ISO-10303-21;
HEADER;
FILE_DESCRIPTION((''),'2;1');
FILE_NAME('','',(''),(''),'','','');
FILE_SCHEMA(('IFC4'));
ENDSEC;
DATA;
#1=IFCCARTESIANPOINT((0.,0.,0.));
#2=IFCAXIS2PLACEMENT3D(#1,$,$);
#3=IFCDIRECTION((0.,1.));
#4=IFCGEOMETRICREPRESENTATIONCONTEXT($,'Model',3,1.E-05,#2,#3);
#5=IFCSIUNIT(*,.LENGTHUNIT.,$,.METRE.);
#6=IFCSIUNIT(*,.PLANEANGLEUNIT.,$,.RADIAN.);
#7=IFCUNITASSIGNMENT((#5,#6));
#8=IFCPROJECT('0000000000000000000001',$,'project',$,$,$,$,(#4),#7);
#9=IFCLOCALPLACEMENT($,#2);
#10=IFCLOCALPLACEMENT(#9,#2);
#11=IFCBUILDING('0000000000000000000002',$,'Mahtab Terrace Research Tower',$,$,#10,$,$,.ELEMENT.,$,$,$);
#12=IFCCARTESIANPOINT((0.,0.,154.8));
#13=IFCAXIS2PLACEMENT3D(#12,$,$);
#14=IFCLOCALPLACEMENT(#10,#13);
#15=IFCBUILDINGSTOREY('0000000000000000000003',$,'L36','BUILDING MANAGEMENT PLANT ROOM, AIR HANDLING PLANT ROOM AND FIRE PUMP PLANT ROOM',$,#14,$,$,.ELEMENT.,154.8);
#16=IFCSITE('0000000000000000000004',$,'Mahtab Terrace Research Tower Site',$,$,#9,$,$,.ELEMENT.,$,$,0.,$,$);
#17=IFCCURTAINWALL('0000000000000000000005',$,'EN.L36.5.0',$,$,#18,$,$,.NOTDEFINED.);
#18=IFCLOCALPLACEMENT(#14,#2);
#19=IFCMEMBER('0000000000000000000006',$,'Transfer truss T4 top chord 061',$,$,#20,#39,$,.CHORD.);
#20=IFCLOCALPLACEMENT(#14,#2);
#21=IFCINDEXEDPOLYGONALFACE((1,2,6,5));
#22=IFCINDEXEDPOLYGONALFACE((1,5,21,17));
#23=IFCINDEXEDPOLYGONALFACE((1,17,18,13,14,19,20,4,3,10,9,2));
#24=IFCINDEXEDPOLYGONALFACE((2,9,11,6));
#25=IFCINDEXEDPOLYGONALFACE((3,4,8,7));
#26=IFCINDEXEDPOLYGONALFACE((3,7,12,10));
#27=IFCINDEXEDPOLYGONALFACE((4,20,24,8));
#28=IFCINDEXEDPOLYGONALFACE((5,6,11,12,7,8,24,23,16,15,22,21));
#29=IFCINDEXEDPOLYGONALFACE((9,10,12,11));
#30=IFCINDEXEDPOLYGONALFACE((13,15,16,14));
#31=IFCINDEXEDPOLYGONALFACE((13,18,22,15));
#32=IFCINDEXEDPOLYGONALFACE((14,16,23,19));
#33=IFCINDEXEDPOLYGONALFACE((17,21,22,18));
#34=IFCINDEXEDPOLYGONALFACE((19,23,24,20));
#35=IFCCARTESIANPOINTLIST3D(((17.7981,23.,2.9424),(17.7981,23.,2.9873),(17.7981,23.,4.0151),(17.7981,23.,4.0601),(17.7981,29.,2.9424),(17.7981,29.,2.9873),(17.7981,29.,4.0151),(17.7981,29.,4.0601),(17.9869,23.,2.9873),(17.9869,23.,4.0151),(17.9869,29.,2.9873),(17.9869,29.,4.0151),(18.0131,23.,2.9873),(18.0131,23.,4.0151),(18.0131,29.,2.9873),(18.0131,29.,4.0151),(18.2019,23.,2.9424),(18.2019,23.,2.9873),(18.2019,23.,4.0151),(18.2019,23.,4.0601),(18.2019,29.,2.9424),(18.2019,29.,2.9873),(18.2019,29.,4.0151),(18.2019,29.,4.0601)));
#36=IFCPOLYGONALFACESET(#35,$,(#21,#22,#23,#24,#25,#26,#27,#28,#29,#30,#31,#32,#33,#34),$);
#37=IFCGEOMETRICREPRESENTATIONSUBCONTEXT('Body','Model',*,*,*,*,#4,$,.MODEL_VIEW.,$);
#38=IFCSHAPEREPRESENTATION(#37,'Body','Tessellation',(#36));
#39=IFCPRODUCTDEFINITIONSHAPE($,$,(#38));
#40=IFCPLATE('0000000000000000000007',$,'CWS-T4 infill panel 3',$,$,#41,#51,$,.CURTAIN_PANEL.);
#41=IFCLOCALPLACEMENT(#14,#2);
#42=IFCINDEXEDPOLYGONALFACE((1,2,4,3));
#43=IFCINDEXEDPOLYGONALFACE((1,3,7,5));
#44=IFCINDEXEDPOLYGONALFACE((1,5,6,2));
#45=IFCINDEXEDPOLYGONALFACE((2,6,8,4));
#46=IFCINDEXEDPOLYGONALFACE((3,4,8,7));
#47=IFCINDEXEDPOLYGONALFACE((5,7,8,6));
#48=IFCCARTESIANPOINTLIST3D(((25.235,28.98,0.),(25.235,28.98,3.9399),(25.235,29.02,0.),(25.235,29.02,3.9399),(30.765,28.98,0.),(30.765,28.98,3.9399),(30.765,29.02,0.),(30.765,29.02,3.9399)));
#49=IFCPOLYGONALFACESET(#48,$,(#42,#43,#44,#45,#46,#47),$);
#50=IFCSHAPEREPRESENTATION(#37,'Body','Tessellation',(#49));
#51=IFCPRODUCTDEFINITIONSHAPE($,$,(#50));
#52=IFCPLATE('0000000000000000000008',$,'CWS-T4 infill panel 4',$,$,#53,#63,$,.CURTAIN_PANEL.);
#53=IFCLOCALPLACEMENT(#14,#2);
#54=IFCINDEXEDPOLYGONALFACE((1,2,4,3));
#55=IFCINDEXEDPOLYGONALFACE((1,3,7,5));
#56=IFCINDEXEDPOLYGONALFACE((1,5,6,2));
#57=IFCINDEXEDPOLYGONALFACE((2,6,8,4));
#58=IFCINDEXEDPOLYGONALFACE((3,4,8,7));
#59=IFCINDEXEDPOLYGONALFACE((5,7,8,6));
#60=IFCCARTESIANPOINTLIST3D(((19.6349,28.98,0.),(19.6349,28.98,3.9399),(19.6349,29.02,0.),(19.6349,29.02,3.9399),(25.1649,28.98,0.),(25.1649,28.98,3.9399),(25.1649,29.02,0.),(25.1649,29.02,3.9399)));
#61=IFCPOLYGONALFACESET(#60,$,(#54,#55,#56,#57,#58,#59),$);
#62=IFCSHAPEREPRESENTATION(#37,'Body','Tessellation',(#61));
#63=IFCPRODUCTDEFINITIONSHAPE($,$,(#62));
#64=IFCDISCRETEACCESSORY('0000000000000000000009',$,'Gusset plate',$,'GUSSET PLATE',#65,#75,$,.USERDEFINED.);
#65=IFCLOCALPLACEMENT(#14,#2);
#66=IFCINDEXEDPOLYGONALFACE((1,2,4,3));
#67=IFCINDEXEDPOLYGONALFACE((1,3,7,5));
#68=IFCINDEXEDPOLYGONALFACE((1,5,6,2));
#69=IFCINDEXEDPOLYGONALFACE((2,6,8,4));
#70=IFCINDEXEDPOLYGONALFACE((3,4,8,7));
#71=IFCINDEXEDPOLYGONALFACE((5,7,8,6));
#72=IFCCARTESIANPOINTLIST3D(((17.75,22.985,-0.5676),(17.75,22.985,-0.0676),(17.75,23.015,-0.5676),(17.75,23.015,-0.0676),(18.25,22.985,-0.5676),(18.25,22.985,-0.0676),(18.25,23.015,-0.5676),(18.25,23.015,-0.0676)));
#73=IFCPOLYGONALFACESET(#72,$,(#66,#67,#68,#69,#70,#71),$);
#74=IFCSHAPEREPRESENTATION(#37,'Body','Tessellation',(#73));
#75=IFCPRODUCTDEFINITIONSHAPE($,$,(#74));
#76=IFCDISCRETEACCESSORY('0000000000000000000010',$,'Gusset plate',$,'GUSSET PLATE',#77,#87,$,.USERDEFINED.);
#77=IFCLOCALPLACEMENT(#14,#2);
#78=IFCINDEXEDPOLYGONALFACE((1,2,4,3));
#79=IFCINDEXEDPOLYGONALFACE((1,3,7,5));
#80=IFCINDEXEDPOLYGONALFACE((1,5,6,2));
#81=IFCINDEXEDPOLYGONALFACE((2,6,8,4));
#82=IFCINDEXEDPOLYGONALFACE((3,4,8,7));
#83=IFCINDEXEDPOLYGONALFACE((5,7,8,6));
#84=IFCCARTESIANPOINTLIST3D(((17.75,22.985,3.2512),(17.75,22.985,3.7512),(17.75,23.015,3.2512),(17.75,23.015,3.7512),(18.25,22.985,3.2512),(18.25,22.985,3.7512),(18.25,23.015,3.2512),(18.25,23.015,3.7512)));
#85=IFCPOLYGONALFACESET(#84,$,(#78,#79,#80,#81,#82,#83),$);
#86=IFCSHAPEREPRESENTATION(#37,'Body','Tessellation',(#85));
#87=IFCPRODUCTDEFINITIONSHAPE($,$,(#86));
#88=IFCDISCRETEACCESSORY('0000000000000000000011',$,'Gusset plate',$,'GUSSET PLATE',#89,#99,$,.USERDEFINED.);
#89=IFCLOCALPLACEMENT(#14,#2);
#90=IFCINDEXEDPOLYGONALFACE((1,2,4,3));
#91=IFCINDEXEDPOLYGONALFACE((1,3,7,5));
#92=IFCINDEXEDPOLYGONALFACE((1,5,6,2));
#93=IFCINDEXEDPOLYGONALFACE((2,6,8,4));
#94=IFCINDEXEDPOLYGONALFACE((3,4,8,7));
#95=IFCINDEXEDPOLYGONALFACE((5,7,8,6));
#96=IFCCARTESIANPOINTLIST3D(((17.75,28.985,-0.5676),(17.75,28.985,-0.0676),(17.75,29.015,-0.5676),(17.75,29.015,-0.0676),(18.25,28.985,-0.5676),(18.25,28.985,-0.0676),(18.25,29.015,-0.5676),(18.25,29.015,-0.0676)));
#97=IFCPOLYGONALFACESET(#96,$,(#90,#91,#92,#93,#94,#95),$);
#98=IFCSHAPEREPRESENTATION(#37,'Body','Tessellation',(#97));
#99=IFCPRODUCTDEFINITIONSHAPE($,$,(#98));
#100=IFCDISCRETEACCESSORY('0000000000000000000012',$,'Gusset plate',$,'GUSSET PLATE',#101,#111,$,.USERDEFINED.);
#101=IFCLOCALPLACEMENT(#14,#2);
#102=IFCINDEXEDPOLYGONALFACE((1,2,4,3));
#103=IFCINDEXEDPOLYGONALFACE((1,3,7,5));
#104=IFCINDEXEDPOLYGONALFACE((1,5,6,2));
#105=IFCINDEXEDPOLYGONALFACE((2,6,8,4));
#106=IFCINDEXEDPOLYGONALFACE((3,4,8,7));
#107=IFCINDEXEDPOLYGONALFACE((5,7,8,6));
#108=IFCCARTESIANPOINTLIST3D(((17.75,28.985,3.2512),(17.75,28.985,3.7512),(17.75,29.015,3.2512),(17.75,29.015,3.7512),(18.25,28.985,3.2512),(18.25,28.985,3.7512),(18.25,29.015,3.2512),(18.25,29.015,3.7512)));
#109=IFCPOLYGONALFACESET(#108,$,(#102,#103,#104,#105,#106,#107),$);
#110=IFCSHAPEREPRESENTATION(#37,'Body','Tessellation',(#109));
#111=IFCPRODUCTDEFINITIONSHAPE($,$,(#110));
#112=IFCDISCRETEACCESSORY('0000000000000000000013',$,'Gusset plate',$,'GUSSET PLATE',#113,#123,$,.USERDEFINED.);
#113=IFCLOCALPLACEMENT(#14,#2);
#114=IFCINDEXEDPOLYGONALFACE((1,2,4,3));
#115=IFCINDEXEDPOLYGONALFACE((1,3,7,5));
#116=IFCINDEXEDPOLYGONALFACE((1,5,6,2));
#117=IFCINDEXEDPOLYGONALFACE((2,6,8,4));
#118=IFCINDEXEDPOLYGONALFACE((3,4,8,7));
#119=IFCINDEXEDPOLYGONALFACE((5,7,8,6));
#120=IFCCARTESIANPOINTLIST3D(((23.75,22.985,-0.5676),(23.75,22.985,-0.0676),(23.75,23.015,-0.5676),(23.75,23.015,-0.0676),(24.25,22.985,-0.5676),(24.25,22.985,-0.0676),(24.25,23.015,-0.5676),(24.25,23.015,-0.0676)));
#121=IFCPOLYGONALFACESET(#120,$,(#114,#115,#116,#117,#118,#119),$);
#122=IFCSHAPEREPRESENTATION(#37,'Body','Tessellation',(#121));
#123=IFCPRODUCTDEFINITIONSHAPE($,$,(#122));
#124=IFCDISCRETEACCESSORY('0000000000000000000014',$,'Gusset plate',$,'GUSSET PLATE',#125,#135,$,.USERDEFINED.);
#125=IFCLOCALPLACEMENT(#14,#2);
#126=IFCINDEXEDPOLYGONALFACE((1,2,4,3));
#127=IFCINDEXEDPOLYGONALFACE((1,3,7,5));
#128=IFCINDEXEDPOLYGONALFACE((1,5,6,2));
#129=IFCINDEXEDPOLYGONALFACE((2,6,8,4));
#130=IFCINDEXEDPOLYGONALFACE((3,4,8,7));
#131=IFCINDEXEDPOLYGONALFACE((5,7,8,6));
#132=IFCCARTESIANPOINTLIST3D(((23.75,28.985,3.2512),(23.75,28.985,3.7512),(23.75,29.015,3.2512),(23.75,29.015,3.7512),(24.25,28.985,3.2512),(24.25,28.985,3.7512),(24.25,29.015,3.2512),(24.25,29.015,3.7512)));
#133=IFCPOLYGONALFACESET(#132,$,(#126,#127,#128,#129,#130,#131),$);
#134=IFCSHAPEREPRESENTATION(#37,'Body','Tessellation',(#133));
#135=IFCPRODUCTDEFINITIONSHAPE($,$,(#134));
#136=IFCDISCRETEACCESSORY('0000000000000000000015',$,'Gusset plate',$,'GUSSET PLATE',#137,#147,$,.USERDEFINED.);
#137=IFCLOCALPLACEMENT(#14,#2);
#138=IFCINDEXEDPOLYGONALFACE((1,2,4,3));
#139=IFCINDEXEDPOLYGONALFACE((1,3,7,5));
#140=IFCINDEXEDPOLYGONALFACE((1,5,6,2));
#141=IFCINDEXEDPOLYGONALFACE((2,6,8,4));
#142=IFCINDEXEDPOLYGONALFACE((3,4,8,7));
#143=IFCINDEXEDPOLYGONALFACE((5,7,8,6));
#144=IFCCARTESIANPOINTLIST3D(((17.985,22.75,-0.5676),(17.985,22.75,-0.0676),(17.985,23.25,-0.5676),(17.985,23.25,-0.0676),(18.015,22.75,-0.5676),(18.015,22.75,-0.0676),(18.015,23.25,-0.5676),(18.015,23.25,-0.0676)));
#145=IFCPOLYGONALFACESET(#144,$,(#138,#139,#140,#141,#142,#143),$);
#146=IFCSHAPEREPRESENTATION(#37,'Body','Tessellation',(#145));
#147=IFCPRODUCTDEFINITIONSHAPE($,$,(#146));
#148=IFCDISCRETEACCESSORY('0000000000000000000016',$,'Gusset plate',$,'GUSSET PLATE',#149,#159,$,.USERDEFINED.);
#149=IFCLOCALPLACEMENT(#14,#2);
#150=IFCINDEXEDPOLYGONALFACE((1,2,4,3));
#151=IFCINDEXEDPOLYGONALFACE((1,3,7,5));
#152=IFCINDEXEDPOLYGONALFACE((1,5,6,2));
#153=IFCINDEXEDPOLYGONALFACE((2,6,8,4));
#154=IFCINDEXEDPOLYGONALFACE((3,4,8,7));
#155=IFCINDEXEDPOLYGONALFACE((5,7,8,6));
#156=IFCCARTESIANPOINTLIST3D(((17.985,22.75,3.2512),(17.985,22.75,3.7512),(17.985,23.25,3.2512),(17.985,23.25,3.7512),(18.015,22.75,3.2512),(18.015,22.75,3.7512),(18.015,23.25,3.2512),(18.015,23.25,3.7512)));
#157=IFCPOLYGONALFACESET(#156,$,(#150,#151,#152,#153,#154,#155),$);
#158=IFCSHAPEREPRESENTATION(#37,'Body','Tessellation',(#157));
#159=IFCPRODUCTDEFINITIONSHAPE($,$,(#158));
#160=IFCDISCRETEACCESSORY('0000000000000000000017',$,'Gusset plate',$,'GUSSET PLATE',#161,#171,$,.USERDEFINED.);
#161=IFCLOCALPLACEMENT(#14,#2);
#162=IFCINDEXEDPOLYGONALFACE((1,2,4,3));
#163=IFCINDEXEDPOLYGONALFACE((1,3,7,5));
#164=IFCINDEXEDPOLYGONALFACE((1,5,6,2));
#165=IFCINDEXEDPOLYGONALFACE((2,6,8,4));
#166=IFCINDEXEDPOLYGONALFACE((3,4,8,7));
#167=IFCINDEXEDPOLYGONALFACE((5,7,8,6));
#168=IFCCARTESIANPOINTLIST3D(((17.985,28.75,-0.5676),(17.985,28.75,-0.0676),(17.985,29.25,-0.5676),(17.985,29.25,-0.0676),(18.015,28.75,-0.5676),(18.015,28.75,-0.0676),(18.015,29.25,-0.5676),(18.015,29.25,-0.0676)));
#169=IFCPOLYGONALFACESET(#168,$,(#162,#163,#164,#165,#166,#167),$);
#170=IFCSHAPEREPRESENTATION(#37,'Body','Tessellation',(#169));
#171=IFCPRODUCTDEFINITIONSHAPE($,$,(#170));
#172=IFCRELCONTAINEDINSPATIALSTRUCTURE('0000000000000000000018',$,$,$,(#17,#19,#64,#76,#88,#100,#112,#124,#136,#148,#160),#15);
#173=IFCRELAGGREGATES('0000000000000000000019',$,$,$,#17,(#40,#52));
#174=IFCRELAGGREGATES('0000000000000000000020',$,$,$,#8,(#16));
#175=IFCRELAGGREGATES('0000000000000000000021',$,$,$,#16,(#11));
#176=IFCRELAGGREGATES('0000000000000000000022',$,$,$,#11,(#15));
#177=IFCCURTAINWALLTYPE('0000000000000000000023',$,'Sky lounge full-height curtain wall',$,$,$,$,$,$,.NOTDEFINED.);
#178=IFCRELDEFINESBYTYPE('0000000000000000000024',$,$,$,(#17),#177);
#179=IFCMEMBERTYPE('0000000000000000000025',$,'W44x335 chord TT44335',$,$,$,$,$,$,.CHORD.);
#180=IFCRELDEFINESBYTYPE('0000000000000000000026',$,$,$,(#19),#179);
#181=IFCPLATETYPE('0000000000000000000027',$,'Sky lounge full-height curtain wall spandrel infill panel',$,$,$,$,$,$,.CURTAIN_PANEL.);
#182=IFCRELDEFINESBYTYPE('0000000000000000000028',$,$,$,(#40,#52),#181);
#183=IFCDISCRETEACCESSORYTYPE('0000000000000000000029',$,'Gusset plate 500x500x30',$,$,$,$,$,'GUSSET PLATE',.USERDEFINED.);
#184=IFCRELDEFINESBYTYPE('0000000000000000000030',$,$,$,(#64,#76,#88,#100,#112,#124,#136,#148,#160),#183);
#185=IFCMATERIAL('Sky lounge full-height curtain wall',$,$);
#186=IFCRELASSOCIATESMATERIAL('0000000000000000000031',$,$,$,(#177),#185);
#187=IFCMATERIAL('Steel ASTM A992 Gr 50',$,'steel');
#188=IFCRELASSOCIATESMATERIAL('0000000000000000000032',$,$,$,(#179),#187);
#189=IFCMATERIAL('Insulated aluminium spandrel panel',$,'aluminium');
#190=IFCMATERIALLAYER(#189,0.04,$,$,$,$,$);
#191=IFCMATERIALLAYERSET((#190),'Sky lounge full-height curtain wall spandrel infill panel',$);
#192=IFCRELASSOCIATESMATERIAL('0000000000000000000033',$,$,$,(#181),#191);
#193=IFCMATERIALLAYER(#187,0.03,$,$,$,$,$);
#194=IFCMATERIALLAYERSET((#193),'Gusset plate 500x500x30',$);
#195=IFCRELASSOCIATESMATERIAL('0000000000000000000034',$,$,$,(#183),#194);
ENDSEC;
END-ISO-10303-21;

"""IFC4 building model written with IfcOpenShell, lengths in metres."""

from ifc_helpers import new_model, si_unit, direction, frame, origin, origin_2d, place, context, subcontext, project, spatial, rectangle, i_section, extrude, material, layer, layer_set, material_profile, profile_set, type_object, element, aggregate, save


model = new_model("IFC4")

# Units and contexts
model_context = context("Model", 3, precision=1e-05, world=origin(), true_north=direction((0.0, 1.0)))
body_context = subcontext(model_context, "Body", "Model", "MODEL_VIEW")
ifc_project = project(units=[si_unit("LENGTHUNIT", "METRE"), si_unit("PLANEANGLEUNIT", "RADIAN")], contexts=[model_context])

# Site, building, storey
site_placement = place(None, origin())
site = spatial("IfcSite", under=ifc_project, at=site_placement, Name="Mahtab Terrace Research Tower Site", CompositionType="ELEMENT", RefElevation=0.0)
building_placement = place(site_placement, origin())
building = spatial("IfcBuilding", under=site, at=building_placement, Name="Mahtab Terrace Research Tower", CompositionType="ELEMENT")
storey_placement = place(building_placement, frame((0.0, 0.0, 154.8)))
storey = spatial("IfcBuildingStorey", under=building, at=storey_placement, Name="L36", Description="BUILDING MANAGEMENT PLANT ROOM, AIR HANDLING PLANT ROOM AND FIRE PUMP PLANT ROOM", CompositionType="ELEMENT", Elevation=154.8)

# Shared definitions
ifc_material_1 = material(Name="Steel ASTM A992 Gr 50", Category="steel")

# Curtain wall
ifc_material_2 = material(Name="Sky lounge full-height curtain wall")
curtain_wall_type = type_object("IfcCurtainWallType", Name="Sky lounge full-height curtain wall", PredefinedType="NOTDEFINED", material=ifc_material_2)
curtain_wall_placement = place(storey_placement, origin())
curtain_wall = element("IfcCurtainWall", 1, at=curtain_wall_placement, inside=storey, type_object=curtain_wall_type, Name="EN.L36.5.0", PredefinedType="NOTDEFINED")

# Member
ifc_material_profile_1 = material_profile(ifc_material_1, i_section(OverallWidth=0.4038, OverallDepth=1.1177, WebThickness=0.0261, FlangeThickness=0.0449, at=origin_2d()), Name="W44X335")
ifc_profile_set_1 = profile_set([ifc_material_profile_1], Name="Steel ASTM A992 Gr 50")
member_type_1 = type_object("IfcMemberType", Name="W44x335 chord TT44335", PredefinedType="CHORD", material=ifc_profile_set_1)
member_1_placement = place(storey_placement, frame((18.0, 23.0, 3.5012), z_axis=(0.0, 1.0, 0.0), x_axis=(-1.0, 0.0, 0.0)))
element("IfcMember", 2, at=member_1_placement, inside=storey, type_object=member_type_1, Name="Transfer truss T4 top chord 061", PredefinedType="CHORD", context=body_context, shape_type="SweptSolid", body=[
    extrude(i_section(OverallWidth=0.4038, OverallDepth=1.1177, WebThickness=0.0261, FlangeThickness=0.0449, at=origin_2d()), origin(), (0.0, 0.0, 1.0), 6.0),
])

# Plates
ifc_material_3 = material(Name="Insulated aluminium spandrel panel", Category="aluminium")
ifc_layer_1 = layer(ifc_material_3, 0.04)
ifc_layer_set_1 = layer_set([ifc_layer_1], Name="Sky lounge full-height curtain wall spandrel infill panel")
plate_type = type_object("IfcPlateType", Name="Sky lounge full-height curtain wall spandrel infill panel", PredefinedType="CURTAIN_PANEL", material=ifc_layer_set_1)
plate_1_placement = place(storey_placement, frame((28.0, 29.0, 0.0), z_axis=(0.0, 0.0, 1.0), x_axis=(-1.0, 0.0, 0.0)))
plate_1 = element("IfcPlate", 3, at=plate_1_placement, type_object=plate_type, Name="CWS-T4 infill panel 3", PredefinedType="CURTAIN_PANEL", context=body_context, shape_type="SweptSolid", body=[
    extrude(rectangle(XDim=5.53, YDim=0.04, at=origin_2d()), origin(), (0.0, 0.0, 1.0), 3.9399),
])
plate_2_placement = place(storey_placement, frame((22.3999, 29.0, 0.0), z_axis=(0.0, 0.0, 1.0), x_axis=(-1.0, 0.0, 0.0)))
plate_2 = element("IfcPlate", 4, at=plate_2_placement, type_object=plate_type, Name="CWS-T4 infill panel 4", PredefinedType="CURTAIN_PANEL", context=body_context, shape_type="SweptSolid", body=[
    extrude(rectangle(XDim=5.53, YDim=0.04, at=origin_2d()), origin(), (0.0, 0.0, 1.0), 3.9399),
])
aggregate(curtain_wall, [plate_1, plate_2])

# Discrete accessories
ifc_layer_2 = layer(ifc_material_1, 0.03)
ifc_layer_set_2 = layer_set([ifc_layer_2], Name="Gusset plate 500x500x30")
discrete_accessory_type = type_object("IfcDiscreteAccessoryType", Name="Gusset plate 500x500x30", ElementType="GUSSET PLATE", PredefinedType="USERDEFINED", material=ifc_layer_set_2)
for number, where, z_axis, x_axis, name in (
    (5, (18.0, 23.0, -0.5676), (0.0, 0.0, 1.0), (1.0, 0.0, 0.0), "Gusset plate"),
    (6, (18.0, 23.0, 3.2512), (0.0, 0.0, 1.0), (1.0, 0.0, 0.0), "Gusset plate"),
    (7, (18.0, 29.0, -0.5676), (0.0, 0.0, 1.0), (1.0, 0.0, 0.0), "Gusset plate"),
    (8, (18.0, 29.0, 3.2512), (0.0, 0.0, 1.0), (1.0, 0.0, 0.0), "Gusset plate"),
    (9, (24.0, 23.0, -0.5676), (0.0, 0.0, 1.0), (1.0, 0.0, 0.0), "Gusset plate"),
    (10, (24.0, 29.0, 3.2512), (0.0, 0.0, 1.0), (1.0, 0.0, 0.0), "Gusset plate"),
    (11, (18.0, 23.0, -0.5676), (0.0, 0.0, 1.0), (0.0, 1.0, 0.0), "Gusset plate"),
    (12, (18.0, 23.0, 3.2512), (0.0, 0.0, 1.0), (0.0, 1.0, 0.0), "Gusset plate"),
    (13, (18.0, 29.0, -0.5676), (0.0, 0.0, 1.0), (0.0, 1.0, 0.0), "Gusset plate"),
):
    element("IfcDiscreteAccessory", number, at=place(storey_placement, frame(where, z_axis=z_axis, x_axis=x_axis)), inside=storey, type_object=discrete_accessory_type, Name=name, ObjectType="GUSSET PLATE", PredefinedType="USERDEFINED", context=body_context, shape_type="SweptSolid", body=[
        extrude(rectangle(XDim=0.5, YDim=0.03, at=origin_2d()), origin(), (0.0, 0.0, 1.0), 0.5),
    ])

save(model, "model.ifc")
